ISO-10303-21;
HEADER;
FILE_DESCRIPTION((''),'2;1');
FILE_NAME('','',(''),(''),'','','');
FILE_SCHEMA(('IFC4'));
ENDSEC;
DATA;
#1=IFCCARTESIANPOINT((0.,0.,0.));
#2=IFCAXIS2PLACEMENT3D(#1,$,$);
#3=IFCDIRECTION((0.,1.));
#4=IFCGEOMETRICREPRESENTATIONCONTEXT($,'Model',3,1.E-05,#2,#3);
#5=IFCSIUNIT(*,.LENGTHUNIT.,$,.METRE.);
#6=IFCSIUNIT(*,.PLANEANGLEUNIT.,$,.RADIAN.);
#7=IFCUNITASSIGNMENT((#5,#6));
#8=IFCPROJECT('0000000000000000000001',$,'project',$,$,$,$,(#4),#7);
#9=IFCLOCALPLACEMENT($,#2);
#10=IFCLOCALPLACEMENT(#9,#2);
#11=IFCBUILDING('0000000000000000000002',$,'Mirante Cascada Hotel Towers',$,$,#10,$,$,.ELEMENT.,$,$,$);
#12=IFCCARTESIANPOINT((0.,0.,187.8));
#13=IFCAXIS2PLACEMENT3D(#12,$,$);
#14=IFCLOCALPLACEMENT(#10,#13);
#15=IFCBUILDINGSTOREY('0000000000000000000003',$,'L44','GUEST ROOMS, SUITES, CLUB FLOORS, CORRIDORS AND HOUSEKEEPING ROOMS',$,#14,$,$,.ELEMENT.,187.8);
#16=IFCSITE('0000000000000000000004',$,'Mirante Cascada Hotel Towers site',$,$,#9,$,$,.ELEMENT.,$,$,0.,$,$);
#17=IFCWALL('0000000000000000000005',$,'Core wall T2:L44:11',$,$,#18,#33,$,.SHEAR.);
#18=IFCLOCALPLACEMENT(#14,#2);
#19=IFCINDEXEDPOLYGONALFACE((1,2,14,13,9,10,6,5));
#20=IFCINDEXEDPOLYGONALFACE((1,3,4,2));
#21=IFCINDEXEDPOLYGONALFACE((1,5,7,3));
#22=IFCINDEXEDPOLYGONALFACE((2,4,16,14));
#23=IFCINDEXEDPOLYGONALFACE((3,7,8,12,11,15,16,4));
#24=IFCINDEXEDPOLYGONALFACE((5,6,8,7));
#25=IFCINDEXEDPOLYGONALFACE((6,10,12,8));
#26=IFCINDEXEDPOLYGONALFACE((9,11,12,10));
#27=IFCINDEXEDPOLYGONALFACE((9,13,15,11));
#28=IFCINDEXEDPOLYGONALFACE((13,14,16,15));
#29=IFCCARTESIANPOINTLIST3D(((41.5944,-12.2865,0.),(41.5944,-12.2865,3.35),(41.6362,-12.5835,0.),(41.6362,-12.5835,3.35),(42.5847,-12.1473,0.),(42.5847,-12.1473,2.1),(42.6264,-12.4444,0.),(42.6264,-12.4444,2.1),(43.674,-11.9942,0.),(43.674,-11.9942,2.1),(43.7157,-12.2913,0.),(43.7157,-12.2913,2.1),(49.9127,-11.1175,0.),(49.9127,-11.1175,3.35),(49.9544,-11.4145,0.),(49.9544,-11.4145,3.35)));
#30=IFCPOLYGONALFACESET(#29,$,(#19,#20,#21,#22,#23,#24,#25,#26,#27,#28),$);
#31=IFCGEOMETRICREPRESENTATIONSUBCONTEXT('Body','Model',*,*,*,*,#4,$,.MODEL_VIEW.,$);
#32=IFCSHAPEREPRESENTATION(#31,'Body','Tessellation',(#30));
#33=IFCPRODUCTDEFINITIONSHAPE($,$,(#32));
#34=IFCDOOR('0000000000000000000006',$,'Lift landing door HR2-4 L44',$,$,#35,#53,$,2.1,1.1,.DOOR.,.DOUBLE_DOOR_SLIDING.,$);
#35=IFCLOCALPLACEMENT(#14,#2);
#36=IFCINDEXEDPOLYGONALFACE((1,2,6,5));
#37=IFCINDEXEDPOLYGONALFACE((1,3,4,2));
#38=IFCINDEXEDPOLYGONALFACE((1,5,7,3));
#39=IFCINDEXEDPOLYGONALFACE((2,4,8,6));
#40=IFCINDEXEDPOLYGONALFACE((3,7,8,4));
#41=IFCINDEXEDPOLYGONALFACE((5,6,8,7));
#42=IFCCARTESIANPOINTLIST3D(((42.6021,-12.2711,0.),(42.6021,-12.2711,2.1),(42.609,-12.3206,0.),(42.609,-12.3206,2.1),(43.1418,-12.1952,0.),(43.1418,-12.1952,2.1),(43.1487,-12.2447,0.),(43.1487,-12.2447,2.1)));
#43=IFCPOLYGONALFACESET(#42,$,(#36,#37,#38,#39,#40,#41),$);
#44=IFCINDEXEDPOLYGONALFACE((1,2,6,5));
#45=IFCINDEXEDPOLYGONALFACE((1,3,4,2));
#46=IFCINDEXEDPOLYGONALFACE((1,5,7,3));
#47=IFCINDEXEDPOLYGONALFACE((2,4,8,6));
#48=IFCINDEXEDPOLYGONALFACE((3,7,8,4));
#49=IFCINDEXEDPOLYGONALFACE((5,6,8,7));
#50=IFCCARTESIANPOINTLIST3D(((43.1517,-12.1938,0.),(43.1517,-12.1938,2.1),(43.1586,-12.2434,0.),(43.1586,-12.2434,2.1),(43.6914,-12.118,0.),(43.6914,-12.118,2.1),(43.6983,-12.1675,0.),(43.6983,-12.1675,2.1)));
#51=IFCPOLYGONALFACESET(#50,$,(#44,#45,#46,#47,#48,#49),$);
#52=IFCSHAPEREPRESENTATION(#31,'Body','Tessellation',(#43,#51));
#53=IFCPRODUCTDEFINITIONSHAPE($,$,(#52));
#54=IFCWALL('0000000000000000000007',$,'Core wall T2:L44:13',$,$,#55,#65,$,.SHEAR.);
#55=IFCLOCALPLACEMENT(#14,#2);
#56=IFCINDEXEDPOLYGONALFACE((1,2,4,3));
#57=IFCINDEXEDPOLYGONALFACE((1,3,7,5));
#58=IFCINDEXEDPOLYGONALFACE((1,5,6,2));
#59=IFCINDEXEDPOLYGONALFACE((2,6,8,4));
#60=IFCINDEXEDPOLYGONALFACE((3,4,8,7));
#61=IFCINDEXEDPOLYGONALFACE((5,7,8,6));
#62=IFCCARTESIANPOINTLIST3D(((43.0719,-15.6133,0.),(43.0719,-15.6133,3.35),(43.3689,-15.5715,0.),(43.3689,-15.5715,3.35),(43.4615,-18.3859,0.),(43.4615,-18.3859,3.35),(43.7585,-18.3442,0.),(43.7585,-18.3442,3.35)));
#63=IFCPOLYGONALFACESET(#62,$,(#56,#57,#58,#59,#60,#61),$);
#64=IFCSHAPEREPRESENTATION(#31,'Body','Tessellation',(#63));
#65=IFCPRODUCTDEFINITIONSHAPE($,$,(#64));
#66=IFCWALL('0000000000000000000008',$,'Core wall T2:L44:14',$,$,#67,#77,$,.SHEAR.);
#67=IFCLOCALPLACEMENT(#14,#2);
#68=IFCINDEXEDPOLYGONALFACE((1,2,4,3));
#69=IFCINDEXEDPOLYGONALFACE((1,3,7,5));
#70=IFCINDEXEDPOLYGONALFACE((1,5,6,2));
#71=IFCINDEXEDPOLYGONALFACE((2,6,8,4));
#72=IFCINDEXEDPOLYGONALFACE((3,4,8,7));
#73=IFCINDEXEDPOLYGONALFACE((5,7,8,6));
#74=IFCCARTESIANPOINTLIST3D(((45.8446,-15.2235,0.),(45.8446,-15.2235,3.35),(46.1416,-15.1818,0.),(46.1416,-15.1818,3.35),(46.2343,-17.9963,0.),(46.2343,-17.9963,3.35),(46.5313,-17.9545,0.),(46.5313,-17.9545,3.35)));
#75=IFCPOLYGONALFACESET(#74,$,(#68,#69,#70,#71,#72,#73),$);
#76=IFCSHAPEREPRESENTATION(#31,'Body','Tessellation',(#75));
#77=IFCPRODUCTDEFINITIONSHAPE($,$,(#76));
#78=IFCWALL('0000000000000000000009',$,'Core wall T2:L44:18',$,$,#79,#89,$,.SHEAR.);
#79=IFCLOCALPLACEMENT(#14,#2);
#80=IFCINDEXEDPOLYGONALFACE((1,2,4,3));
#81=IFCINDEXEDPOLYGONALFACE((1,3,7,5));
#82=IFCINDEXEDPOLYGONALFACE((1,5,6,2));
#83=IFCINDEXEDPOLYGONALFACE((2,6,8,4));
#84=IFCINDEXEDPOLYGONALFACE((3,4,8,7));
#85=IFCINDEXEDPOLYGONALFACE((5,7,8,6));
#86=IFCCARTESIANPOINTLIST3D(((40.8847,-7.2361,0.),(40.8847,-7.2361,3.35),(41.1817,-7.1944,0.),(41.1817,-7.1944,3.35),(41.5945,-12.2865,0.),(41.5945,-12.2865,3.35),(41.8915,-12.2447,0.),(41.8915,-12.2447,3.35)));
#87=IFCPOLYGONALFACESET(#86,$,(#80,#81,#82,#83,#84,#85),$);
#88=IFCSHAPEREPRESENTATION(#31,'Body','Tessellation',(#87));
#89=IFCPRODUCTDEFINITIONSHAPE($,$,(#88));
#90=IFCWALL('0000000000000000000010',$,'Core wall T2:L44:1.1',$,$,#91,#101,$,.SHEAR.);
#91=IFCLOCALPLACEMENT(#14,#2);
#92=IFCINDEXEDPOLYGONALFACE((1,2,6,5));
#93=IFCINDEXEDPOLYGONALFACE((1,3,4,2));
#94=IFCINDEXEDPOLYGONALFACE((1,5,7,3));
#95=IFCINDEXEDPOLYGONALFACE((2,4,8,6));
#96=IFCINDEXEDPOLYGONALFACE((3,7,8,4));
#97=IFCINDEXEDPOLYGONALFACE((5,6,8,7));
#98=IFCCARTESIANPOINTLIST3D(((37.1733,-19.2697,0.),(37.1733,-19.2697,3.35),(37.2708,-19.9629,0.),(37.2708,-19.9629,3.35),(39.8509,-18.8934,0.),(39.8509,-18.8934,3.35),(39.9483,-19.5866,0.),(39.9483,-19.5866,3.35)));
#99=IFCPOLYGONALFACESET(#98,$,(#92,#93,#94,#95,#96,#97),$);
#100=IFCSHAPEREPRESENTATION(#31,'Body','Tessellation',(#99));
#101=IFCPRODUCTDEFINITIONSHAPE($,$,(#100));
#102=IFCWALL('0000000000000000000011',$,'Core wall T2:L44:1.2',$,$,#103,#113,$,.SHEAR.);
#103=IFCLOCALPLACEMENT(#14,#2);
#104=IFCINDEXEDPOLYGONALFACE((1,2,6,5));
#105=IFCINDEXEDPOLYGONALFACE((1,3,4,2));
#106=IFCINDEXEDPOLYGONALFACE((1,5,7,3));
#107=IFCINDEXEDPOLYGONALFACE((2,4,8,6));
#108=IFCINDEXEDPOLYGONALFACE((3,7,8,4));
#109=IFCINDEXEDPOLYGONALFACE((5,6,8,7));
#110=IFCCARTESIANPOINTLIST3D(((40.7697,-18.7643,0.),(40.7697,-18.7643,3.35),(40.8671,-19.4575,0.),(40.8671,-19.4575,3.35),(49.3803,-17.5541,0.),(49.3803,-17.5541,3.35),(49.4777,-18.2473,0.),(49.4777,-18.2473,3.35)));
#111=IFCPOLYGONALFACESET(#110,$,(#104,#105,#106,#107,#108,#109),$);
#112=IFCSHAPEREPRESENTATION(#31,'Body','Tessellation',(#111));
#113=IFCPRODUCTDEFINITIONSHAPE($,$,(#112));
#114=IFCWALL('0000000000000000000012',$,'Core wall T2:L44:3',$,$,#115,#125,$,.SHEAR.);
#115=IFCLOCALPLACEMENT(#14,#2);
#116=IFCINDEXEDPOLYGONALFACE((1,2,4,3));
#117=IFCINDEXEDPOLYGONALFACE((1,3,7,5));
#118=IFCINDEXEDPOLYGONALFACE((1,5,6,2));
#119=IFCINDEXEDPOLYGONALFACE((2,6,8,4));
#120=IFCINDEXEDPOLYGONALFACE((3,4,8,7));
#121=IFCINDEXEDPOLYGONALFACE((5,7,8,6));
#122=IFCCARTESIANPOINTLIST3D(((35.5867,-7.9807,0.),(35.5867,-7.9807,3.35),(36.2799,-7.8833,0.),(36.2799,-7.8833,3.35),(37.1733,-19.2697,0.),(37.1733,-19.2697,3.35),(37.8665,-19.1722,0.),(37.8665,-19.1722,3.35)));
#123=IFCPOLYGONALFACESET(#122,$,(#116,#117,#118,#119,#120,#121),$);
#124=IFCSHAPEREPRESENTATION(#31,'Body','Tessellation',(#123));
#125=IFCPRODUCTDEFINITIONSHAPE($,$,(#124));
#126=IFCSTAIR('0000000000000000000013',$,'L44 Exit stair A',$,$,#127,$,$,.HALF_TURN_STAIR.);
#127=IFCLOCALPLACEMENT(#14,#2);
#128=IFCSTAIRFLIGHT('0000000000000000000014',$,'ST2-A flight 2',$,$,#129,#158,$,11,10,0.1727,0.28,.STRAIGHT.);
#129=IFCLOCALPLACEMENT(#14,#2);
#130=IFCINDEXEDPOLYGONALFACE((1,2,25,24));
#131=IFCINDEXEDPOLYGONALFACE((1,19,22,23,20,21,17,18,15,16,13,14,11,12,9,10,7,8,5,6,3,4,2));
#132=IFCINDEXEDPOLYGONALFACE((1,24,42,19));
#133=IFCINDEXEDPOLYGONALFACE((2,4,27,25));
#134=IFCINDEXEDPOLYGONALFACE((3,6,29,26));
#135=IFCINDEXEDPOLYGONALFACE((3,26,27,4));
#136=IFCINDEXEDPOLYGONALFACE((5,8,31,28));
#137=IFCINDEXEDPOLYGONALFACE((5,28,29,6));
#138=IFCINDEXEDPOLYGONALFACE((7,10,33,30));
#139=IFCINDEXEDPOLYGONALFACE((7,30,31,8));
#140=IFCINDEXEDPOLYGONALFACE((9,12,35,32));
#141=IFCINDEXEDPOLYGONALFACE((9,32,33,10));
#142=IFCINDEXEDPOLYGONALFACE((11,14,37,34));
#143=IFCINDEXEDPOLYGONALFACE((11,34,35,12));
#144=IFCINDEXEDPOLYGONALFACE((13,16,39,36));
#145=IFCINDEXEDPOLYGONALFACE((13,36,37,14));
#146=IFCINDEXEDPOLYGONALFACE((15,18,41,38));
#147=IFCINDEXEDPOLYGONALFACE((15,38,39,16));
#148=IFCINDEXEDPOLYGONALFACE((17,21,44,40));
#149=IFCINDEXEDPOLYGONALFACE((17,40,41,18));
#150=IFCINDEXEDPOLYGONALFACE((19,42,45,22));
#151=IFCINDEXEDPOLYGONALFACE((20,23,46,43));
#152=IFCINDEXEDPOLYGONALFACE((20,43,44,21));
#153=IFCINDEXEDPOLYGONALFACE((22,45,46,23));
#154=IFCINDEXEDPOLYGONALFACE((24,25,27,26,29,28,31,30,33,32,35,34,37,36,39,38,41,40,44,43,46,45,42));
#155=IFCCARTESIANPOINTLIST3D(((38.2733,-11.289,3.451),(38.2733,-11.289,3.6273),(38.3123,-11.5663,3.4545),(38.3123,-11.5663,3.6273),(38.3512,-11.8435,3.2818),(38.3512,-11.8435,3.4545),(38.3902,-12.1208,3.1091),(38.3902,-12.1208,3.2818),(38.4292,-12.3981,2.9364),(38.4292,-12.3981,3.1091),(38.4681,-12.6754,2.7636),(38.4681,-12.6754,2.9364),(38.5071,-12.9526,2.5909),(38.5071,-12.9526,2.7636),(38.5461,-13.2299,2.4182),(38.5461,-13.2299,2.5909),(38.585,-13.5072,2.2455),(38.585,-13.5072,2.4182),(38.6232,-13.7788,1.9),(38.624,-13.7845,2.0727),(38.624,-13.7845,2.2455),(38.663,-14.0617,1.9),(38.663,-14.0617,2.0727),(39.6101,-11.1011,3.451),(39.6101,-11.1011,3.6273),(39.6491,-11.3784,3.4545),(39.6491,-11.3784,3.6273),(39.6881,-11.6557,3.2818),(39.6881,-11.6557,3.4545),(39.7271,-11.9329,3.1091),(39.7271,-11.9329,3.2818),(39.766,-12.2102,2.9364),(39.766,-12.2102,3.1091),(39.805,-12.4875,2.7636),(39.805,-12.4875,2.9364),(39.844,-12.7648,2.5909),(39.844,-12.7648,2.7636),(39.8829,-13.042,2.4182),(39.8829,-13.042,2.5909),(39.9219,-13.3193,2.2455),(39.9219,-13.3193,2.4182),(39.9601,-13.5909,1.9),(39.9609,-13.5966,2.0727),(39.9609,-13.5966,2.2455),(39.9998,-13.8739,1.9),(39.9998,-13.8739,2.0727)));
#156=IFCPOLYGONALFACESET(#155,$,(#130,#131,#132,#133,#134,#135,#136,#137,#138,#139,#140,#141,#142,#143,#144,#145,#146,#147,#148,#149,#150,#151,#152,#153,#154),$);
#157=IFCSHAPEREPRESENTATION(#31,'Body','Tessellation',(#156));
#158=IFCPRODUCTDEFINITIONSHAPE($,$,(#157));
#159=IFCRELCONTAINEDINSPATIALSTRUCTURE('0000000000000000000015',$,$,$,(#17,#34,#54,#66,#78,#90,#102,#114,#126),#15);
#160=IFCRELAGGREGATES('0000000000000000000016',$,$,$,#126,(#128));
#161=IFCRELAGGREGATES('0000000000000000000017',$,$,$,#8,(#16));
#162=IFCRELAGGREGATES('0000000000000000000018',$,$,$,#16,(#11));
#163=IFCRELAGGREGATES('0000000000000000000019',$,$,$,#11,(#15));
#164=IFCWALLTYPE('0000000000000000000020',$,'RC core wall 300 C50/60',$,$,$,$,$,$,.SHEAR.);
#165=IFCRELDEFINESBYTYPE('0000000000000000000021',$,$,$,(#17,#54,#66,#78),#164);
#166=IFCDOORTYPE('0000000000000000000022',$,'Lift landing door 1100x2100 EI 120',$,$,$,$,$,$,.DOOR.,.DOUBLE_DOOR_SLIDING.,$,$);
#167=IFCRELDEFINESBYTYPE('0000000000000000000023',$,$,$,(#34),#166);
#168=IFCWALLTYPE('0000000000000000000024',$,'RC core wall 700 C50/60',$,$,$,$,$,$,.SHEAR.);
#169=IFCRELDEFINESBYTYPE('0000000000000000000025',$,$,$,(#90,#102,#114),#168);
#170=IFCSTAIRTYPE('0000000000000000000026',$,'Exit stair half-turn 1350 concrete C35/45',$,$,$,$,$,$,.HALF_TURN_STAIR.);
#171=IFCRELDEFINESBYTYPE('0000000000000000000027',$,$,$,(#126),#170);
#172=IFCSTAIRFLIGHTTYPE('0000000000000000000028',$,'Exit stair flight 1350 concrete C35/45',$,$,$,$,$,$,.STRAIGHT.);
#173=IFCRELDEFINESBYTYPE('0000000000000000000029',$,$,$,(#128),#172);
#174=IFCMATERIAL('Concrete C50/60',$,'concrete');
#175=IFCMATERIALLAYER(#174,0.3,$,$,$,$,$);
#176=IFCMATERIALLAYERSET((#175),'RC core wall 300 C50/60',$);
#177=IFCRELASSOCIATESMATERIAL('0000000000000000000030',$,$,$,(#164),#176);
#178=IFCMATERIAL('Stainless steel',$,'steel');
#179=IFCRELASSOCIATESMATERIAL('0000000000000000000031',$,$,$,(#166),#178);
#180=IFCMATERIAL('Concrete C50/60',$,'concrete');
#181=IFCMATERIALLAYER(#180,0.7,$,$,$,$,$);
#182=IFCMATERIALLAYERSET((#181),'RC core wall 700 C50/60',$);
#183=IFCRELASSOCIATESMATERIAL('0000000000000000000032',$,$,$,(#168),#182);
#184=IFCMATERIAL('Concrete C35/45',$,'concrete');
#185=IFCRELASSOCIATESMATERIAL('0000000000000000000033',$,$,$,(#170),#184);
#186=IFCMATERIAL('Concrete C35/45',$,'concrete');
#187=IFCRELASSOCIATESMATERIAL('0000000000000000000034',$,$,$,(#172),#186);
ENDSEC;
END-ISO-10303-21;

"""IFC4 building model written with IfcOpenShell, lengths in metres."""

from ifc_helpers import new_model, si_unit, direction, frame, frame_2d, origin, place, context, subcontext, project, spatial, polyline, rectangle, outline, extrude, material, layer, layer_set, type_object, element, fill, aggregate, save


model = new_model("IFC4")

# Units and contexts
model_context = context("Model", 3, precision=1e-05, world=origin(), true_north=direction((0.0, 1.0)))
body_context = subcontext(model_context, "Body", "Model", "MODEL_VIEW")
ifc_project = project(units=[si_unit("LENGTHUNIT", "METRE"), si_unit("PLANEANGLEUNIT", "RADIAN")], contexts=[model_context])

# Site, building, storey
site_placement = place(None, origin())
site = spatial("IfcSite", under=ifc_project, at=site_placement, Name="Mirante Cascada Hotel Towers site", CompositionType="ELEMENT", RefElevation=0.0)
building_placement = place(site_placement, origin())
building = spatial("IfcBuilding", under=site, at=building_placement, Name="Mirante Cascada Hotel Towers", CompositionType="ELEMENT")
storey_placement = place(building_placement, frame((0.0, 0.0, 187.8)))
storey = spatial("IfcBuildingStorey", under=building, at=storey_placement, Name="L44", Description="GUEST ROOMS, SUITES, CLUB FLOORS, CORRIDORS AND HOUSEKEEPING ROOMS", CompositionType="ELEMENT", Elevation=187.8)

# Shared definitions
ifc_material_1 = material(Name="Concrete C50/60", Category="concrete")
ifc_layer_1 = layer(ifc_material_1, 0.3)
ifc_layer_set_1 = layer_set([ifc_layer_1], Name="RC core wall 300 C50/60")
wall_type_1 = type_object("IfcWallType", Name="RC core wall 300 C50/60", PredefinedType="SHEAR", material=ifc_layer_set_1)

# Shared definitions
ifc_material_2 = material(Name="Stainless steel", Category="steel")
door_type_1 = type_object("IfcDoorType", Name="Lift landing door 1100x2100 EI 120", OperationType="DOUBLE_DOOR_SLIDING", PredefinedType="DOOR", material=ifc_material_2)

# Wall, opening, door
wall_1_placement = place(storey_placement, frame((41.6153, -12.435, 0.0), z_axis=(0.0, 0.0, 1.0), x_axis=(0.990269, 0.139166, 0.0)))
wall_1 = element("IfcWall", 1, at=wall_1_placement, inside=storey, type_object=wall_type_1, Name="Core wall T2:L44:11", PredefinedType="SHEAR", context=body_context, shape_type="SweptSolid", body=[
    extrude(rectangle(XDim=8.4, YDim=0.3, at=frame_2d((4.2, 0.0))), origin(), (0.0, 0.0, 1.0), 3.35),
])
opening_1_placement = place(wall_1_placement, frame((1.0, 0.0, 0.0)))
opening_1 = element("IfcOpeningElement", 2, at=opening_1_placement, cuts=wall_1, PredefinedType="OPENING", context=body_context, shape_type="SweptSolid", body=[
    extrude(rectangle(XDim=1.1, YDim=2.1, at=frame_2d((0.55, 1.05))), frame((0.0, 0.15, 0.0), z_axis=(0.0, -1.0, 0.0), x_axis=(1.0, 0.0, 0.0)), (0.0, 0.0, 1.0), 0.3),
])
door_1_placement = place(opening_1_placement, origin())
door_1 = element("IfcDoor", 3, at=door_1_placement, inside=storey, type_object=door_type_1, Name="Lift landing door HR2-4 L44", OperationType="DOUBLE_DOOR_SLIDING", OverallHeight=2.1, OverallWidth=1.1, PredefinedType="DOOR", context=body_context, shape_type="SweptSolid", body=[
    extrude(rectangle(XDim=0.545, YDim=2.1, at=frame_2d((0.2725, 1.05))), frame((0.0, 0.025, 0.0), z_axis=(0.0, -1.0, 0.0), x_axis=(1.0, 0.0, 0.0)), (0.0, 0.0, 1.0), 0.05),
    extrude(rectangle(XDim=0.545, YDim=2.1, at=frame_2d((0.8275, 1.05))), frame((0.0, 0.025, 0.0), z_axis=(0.0, -1.0, 0.0), x_axis=(1.0, 0.0, 0.0)), (0.0, 0.0, 1.0), 0.05),
])
fill(opening_1, door_1)

# Walls
wall_2_placement = place(storey_placement, frame((43.61, -18.3651, 0.0), z_axis=(0.0, 0.0, 1.0), x_axis=(-0.139146, 0.990272, 0.0)))
element("IfcWall", 4, at=wall_2_placement, inside=storey, type_object=wall_type_1, Name="Core wall T2:L44:13", PredefinedType="SHEAR", context=body_context, shape_type="SweptSolid", body=[
    extrude(rectangle(XDim=2.7999, YDim=0.3, at=frame_2d((1.4, 0.0))), origin(), (0.0, 0.0, 1.0), 3.35),
])
wall_3_placement = place(storey_placement, frame((46.3828, -17.9754, 0.0), z_axis=(0.0, 0.0, 1.0), x_axis=(-0.139181, 0.990267, 0.0)))
element("IfcWall", 5, at=wall_3_placement, inside=storey, type_object=wall_type_1, Name="Core wall T2:L44:14", PredefinedType="SHEAR", context=body_context, shape_type="SweptSolid", body=[
    extrude(rectangle(XDim=2.8, YDim=0.3, at=frame_2d((1.4, 0.0))), origin(), (0.0, 0.0, 1.0), 3.35),
])
wall_4_placement = place(storey_placement, frame((41.743, -12.2656, 0.0), z_axis=(0.0, 0.0, 1.0), x_axis=(-0.139176, 0.990268, 0.0)))
element("IfcWall", 6, at=wall_4_placement, inside=storey, type_object=wall_type_1, Name="Core wall T2:L44:18", PredefinedType="SHEAR", context=body_context, shape_type="SweptSolid", body=[
    extrude(rectangle(XDim=5.1, YDim=0.3, at=frame_2d((2.55, 0.0))), origin(), (0.0, 0.0, 1.0), 3.35),
])
ifc_material_3 = material(Name="Concrete C50/60", Category="concrete")
ifc_layer_2 = layer(ifc_material_3, 0.7)
ifc_layer_set_2 = layer_set([ifc_layer_2], Name="RC core wall 700 C50/60")
wall_type_2 = type_object("IfcWallType", Name="RC core wall 700 C50/60", PredefinedType="SHEAR", material=ifc_layer_set_2)
wall_5_placement = place(storey_placement, frame((37.222, -19.6163, 0.0), z_axis=(0.0, 0.0, 1.0), x_axis=(0.990269, 0.139169, 0.0)))
element("IfcWall", 7, at=wall_5_placement, inside=storey, type_object=wall_type_2, Name="Core wall T2:L44:1.1", PredefinedType="SHEAR", context=body_context, shape_type="SweptSolid", body=[
    extrude(rectangle(XDim=2.7039, YDim=0.7, at=frame_2d((1.352, 0.0))), origin(), (0.0, 0.0, 1.0), 3.35),
])
wall_6_placement = place(storey_placement, frame((40.8184, -19.1109, 0.0), z_axis=(0.0, 0.0, 1.0), x_axis=(0.990267, 0.13918, 0.0)))
element("IfcWall", 8, at=wall_6_placement, inside=storey, type_object=wall_type_2, Name="Core wall T2:L44:1.2", PredefinedType="SHEAR", context=body_context, shape_type="SweptSolid", body=[
    extrude(rectangle(XDim=8.6952, YDim=0.7, at=frame_2d((4.3476, 0.0))), origin(), (0.0, 0.0, 1.0), 3.35),
])
wall_7_placement = place(storey_placement, frame((37.5199, -19.221, 0.0), z_axis=(0.0, 0.0, 1.0), x_axis=(-0.139176, 0.990268, 0.0)))
element("IfcWall", 9, at=wall_7_placement, inside=storey, type_object=wall_type_2, Name="Core wall T2:L44:3", PredefinedType="SHEAR", context=body_context, shape_type="SweptSolid", body=[
    extrude(rectangle(XDim=11.3999, YDim=0.7, at=frame_2d((5.7, 0.0))), origin(), (0.0, 0.0, 1.0), 3.35),
])

# Stair, stair flight
ifc_material_4 = material(Name="Concrete C35/45", Category="concrete")
stair_type = type_object("IfcStairType", Name="Exit stair half-turn 1350 concrete C35/45", PredefinedType="HALF_TURN_STAIR", material=ifc_material_4)
stair_placement = place(storey_placement, origin())
stair = element("IfcStair", 10, at=stair_placement, inside=storey, type_object=stair_type, Name="L44 Exit stair A", PredefinedType="HALF_TURN_STAIR")
ifc_material_5 = material(Name="Concrete C35/45", Category="concrete")
stair_flight_type = type_object("IfcStairFlightType", Name="Exit stair flight 1350 concrete C35/45", PredefinedType="STRAIGHT", material=ifc_material_5)
stair_flight_placement = place(storey_placement, frame((39.3314, -13.9678, 1.9), z_axis=(0.0, 0.0, 1.0), x_axis=(-0.139173, 0.990268, 0.0)))
stair_flight = element("IfcStairFlight", 11, at=stair_flight_placement, type_object=stair_flight_type, Name="ST2-A flight 2", NumberOfRisers=11, NumberOfTreads=10, PredefinedType="STRAIGHT", RiserHeight=0.1727, TreadLength=0.28, context=body_context, shape_type="SweptSolid", body=[
    extrude(outline(polyline([(0.0, 0.0), (0.0, 0.1727), (0.28, 0.1727), (0.28, 0.3455), (0.56, 0.3455), (0.56, 0.5182), (0.84, 0.5182), (0.84, 0.6909), (1.12, 0.6909), (1.12, 0.8636), (1.4, 0.8636), (1.4, 1.0364), (1.68, 1.0364), (1.68, 1.2091), (1.96, 1.2091), (1.96, 1.3818), (2.24, 1.3818), (2.24, 1.5545), (2.52, 1.5545), (2.52, 1.7273), (2.8, 1.7273), (2.8, 1.9), (2.8, 1.551), (0.2857, 0.0), (0.0, 0.0)])), frame((0.0, 0.675, 0.0), z_axis=(0.0, -1.0, 0.0), x_axis=(1.0, 0.0, 0.0)), (0.0, 0.0, 1.0), 1.35),
])
aggregate(stair, [stair_flight])

save(model, "model.ifc")
